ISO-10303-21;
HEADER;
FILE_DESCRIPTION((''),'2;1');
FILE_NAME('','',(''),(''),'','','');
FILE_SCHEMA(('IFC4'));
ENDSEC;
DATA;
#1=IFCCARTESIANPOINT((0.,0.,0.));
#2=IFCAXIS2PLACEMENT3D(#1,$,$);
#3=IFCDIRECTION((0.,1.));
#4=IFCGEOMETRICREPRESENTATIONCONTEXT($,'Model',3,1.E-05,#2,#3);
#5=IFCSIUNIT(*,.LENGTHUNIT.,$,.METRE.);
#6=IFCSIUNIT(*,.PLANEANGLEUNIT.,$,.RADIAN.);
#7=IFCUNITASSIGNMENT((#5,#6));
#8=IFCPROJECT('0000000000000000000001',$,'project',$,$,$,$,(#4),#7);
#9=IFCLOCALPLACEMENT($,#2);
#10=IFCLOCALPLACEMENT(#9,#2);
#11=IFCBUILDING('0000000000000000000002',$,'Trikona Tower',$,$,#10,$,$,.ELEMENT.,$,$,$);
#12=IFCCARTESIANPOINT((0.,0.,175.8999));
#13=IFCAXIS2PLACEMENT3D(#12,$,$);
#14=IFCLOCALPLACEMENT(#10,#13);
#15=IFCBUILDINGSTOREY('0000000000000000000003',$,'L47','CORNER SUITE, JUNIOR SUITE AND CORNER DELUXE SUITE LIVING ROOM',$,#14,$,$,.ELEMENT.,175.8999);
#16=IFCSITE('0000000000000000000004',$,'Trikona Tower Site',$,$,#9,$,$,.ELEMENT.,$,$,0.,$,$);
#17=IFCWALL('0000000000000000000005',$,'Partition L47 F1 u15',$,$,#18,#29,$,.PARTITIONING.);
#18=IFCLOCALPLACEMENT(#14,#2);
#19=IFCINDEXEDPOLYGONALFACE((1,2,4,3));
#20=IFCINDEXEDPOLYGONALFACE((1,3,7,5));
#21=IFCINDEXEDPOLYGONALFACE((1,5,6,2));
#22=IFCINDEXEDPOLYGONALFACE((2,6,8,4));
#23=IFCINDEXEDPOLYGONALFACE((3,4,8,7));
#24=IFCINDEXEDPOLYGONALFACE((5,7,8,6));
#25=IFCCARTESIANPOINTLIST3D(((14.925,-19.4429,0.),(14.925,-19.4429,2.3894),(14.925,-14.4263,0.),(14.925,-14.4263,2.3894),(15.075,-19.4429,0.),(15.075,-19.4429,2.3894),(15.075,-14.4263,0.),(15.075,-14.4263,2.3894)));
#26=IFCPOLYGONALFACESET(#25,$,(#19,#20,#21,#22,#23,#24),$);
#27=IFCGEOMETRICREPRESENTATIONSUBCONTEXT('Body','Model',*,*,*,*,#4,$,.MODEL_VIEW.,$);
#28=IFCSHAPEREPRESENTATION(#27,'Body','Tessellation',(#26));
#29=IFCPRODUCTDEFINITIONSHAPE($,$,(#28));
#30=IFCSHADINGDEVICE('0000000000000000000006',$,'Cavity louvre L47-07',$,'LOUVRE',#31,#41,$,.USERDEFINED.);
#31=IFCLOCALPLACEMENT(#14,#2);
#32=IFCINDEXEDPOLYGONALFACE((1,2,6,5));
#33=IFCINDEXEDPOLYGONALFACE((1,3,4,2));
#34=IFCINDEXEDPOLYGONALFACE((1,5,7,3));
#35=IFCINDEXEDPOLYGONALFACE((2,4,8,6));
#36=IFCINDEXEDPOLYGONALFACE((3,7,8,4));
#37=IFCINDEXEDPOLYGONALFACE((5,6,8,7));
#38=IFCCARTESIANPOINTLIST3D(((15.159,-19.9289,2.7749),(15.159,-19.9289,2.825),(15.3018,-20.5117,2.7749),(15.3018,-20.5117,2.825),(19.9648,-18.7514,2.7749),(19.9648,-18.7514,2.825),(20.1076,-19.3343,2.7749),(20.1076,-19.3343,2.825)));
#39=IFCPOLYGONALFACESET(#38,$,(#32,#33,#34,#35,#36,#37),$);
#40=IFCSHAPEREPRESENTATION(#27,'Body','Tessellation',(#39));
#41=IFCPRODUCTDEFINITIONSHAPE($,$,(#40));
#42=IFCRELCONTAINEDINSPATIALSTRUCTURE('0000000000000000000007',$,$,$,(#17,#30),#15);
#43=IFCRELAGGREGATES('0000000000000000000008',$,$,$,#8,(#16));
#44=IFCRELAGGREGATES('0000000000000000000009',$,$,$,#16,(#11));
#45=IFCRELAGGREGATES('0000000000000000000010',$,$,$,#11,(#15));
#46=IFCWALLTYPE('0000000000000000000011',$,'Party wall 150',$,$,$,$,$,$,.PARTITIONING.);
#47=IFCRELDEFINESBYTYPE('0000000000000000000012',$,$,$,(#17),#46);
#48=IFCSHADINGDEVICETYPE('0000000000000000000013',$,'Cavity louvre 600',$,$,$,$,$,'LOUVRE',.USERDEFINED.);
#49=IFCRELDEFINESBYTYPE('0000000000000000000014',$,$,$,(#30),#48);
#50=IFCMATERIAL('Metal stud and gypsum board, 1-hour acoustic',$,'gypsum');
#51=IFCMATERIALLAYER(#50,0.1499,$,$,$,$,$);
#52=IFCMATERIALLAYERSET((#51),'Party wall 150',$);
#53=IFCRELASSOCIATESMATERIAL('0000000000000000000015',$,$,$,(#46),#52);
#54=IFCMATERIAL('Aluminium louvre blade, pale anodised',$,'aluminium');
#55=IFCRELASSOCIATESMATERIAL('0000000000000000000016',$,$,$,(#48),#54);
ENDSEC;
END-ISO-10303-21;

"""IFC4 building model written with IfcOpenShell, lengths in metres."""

from ifc_helpers import new_model, si_unit, direction, frame, frame_2d, origin, origin_2d, place, context, subcontext, project, spatial, rectangle, extrude, material, layer, layer_set, type_object, element, save


model = new_model("IFC4")

# Units and contexts
model_context = context("Model", 3, precision=1e-05, world=origin(), true_north=direction((0.0, 1.0)))
body_context = subcontext(model_context, "Body", "Model", "MODEL_VIEW")
ifc_project = project(units=[si_unit("LENGTHUNIT", "METRE"), si_unit("PLANEANGLEUNIT", "RADIAN")], contexts=[model_context])

# Site, building, storey
site_placement = place(None, origin())
site = spatial("IfcSite", under=ifc_project, at=site_placement, Name="Trikona Tower Site", CompositionType="ELEMENT", RefElevation=0.0)
building_placement = place(site_placement, origin())
building = spatial("IfcBuilding", under=site, at=building_placement, Name="Trikona Tower", CompositionType="ELEMENT")
storey_placement = place(building_placement, frame((0.0, 0.0, 175.8999)))
storey = spatial("IfcBuildingStorey", under=building, at=storey_placement, Name="L47", Description="CORNER SUITE, JUNIOR SUITE AND CORNER DELUXE SUITE LIVING ROOM", CompositionType="ELEMENT", Elevation=175.8999)

# Wall
ifc_material_1 = material(Name="Metal stud and gypsum board, 1-hour acoustic", Category="gypsum")
ifc_layer_1 = layer(ifc_material_1, 0.1499)
ifc_layer_set_1 = layer_set([ifc_layer_1], Name="Party wall 150")
wall_type_1 = type_object("IfcWallType", Name="Party wall 150", PredefinedType="PARTITIONING", material=ifc_layer_set_1)
wall_1_placement = place(storey_placement, frame((15.0, -14.4263, 0.0), z_axis=(0.0, 0.0, 1.0), x_axis=(0.0, -1.0, 0.0)))
element("IfcWall", 1, at=wall_1_placement, inside=storey, type_object=wall_type_1, Name="Partition L47 F1 u15", PredefinedType="PARTITIONING", context=body_context, shape_type="SweptSolid", body=[
    extrude(rectangle(XDim=5.0166, YDim=0.1499, at=frame_2d((2.5083, 0.0))), origin(), (0.0, 0.0, 1.0), 2.3894),
])

# Shading device
ifc_material_2 = material(Name="Aluminium louvre blade, pale anodised", Category="aluminium")
shading_device_type = type_object("IfcShadingDeviceType", Name="Cavity louvre 600", ElementType="LOUVRE", PredefinedType="USERDEFINED", material=ifc_material_2)
shading_device_placement = place(storey_placement, frame((17.6333, -19.6316, 2.7749), z_axis=(0.0, 0.0, 1.0), x_axis=(0.971274, 0.237962, 0.0)))
element("IfcShadingDevice", 2, at=shading_device_placement, inside=storey, type_object=shading_device_type, Name="Cavity louvre L47-07", ObjectType="LOUVRE", PredefinedType="USERDEFINED", context=body_context, shape_type="SweptSolid", body=[
    extrude(rectangle(XDim=4.948, YDim=0.6001, at=origin_2d()), origin(), (0.0, 0.0, 1.0), 0.05),
])

save(model, "model.ifc")
